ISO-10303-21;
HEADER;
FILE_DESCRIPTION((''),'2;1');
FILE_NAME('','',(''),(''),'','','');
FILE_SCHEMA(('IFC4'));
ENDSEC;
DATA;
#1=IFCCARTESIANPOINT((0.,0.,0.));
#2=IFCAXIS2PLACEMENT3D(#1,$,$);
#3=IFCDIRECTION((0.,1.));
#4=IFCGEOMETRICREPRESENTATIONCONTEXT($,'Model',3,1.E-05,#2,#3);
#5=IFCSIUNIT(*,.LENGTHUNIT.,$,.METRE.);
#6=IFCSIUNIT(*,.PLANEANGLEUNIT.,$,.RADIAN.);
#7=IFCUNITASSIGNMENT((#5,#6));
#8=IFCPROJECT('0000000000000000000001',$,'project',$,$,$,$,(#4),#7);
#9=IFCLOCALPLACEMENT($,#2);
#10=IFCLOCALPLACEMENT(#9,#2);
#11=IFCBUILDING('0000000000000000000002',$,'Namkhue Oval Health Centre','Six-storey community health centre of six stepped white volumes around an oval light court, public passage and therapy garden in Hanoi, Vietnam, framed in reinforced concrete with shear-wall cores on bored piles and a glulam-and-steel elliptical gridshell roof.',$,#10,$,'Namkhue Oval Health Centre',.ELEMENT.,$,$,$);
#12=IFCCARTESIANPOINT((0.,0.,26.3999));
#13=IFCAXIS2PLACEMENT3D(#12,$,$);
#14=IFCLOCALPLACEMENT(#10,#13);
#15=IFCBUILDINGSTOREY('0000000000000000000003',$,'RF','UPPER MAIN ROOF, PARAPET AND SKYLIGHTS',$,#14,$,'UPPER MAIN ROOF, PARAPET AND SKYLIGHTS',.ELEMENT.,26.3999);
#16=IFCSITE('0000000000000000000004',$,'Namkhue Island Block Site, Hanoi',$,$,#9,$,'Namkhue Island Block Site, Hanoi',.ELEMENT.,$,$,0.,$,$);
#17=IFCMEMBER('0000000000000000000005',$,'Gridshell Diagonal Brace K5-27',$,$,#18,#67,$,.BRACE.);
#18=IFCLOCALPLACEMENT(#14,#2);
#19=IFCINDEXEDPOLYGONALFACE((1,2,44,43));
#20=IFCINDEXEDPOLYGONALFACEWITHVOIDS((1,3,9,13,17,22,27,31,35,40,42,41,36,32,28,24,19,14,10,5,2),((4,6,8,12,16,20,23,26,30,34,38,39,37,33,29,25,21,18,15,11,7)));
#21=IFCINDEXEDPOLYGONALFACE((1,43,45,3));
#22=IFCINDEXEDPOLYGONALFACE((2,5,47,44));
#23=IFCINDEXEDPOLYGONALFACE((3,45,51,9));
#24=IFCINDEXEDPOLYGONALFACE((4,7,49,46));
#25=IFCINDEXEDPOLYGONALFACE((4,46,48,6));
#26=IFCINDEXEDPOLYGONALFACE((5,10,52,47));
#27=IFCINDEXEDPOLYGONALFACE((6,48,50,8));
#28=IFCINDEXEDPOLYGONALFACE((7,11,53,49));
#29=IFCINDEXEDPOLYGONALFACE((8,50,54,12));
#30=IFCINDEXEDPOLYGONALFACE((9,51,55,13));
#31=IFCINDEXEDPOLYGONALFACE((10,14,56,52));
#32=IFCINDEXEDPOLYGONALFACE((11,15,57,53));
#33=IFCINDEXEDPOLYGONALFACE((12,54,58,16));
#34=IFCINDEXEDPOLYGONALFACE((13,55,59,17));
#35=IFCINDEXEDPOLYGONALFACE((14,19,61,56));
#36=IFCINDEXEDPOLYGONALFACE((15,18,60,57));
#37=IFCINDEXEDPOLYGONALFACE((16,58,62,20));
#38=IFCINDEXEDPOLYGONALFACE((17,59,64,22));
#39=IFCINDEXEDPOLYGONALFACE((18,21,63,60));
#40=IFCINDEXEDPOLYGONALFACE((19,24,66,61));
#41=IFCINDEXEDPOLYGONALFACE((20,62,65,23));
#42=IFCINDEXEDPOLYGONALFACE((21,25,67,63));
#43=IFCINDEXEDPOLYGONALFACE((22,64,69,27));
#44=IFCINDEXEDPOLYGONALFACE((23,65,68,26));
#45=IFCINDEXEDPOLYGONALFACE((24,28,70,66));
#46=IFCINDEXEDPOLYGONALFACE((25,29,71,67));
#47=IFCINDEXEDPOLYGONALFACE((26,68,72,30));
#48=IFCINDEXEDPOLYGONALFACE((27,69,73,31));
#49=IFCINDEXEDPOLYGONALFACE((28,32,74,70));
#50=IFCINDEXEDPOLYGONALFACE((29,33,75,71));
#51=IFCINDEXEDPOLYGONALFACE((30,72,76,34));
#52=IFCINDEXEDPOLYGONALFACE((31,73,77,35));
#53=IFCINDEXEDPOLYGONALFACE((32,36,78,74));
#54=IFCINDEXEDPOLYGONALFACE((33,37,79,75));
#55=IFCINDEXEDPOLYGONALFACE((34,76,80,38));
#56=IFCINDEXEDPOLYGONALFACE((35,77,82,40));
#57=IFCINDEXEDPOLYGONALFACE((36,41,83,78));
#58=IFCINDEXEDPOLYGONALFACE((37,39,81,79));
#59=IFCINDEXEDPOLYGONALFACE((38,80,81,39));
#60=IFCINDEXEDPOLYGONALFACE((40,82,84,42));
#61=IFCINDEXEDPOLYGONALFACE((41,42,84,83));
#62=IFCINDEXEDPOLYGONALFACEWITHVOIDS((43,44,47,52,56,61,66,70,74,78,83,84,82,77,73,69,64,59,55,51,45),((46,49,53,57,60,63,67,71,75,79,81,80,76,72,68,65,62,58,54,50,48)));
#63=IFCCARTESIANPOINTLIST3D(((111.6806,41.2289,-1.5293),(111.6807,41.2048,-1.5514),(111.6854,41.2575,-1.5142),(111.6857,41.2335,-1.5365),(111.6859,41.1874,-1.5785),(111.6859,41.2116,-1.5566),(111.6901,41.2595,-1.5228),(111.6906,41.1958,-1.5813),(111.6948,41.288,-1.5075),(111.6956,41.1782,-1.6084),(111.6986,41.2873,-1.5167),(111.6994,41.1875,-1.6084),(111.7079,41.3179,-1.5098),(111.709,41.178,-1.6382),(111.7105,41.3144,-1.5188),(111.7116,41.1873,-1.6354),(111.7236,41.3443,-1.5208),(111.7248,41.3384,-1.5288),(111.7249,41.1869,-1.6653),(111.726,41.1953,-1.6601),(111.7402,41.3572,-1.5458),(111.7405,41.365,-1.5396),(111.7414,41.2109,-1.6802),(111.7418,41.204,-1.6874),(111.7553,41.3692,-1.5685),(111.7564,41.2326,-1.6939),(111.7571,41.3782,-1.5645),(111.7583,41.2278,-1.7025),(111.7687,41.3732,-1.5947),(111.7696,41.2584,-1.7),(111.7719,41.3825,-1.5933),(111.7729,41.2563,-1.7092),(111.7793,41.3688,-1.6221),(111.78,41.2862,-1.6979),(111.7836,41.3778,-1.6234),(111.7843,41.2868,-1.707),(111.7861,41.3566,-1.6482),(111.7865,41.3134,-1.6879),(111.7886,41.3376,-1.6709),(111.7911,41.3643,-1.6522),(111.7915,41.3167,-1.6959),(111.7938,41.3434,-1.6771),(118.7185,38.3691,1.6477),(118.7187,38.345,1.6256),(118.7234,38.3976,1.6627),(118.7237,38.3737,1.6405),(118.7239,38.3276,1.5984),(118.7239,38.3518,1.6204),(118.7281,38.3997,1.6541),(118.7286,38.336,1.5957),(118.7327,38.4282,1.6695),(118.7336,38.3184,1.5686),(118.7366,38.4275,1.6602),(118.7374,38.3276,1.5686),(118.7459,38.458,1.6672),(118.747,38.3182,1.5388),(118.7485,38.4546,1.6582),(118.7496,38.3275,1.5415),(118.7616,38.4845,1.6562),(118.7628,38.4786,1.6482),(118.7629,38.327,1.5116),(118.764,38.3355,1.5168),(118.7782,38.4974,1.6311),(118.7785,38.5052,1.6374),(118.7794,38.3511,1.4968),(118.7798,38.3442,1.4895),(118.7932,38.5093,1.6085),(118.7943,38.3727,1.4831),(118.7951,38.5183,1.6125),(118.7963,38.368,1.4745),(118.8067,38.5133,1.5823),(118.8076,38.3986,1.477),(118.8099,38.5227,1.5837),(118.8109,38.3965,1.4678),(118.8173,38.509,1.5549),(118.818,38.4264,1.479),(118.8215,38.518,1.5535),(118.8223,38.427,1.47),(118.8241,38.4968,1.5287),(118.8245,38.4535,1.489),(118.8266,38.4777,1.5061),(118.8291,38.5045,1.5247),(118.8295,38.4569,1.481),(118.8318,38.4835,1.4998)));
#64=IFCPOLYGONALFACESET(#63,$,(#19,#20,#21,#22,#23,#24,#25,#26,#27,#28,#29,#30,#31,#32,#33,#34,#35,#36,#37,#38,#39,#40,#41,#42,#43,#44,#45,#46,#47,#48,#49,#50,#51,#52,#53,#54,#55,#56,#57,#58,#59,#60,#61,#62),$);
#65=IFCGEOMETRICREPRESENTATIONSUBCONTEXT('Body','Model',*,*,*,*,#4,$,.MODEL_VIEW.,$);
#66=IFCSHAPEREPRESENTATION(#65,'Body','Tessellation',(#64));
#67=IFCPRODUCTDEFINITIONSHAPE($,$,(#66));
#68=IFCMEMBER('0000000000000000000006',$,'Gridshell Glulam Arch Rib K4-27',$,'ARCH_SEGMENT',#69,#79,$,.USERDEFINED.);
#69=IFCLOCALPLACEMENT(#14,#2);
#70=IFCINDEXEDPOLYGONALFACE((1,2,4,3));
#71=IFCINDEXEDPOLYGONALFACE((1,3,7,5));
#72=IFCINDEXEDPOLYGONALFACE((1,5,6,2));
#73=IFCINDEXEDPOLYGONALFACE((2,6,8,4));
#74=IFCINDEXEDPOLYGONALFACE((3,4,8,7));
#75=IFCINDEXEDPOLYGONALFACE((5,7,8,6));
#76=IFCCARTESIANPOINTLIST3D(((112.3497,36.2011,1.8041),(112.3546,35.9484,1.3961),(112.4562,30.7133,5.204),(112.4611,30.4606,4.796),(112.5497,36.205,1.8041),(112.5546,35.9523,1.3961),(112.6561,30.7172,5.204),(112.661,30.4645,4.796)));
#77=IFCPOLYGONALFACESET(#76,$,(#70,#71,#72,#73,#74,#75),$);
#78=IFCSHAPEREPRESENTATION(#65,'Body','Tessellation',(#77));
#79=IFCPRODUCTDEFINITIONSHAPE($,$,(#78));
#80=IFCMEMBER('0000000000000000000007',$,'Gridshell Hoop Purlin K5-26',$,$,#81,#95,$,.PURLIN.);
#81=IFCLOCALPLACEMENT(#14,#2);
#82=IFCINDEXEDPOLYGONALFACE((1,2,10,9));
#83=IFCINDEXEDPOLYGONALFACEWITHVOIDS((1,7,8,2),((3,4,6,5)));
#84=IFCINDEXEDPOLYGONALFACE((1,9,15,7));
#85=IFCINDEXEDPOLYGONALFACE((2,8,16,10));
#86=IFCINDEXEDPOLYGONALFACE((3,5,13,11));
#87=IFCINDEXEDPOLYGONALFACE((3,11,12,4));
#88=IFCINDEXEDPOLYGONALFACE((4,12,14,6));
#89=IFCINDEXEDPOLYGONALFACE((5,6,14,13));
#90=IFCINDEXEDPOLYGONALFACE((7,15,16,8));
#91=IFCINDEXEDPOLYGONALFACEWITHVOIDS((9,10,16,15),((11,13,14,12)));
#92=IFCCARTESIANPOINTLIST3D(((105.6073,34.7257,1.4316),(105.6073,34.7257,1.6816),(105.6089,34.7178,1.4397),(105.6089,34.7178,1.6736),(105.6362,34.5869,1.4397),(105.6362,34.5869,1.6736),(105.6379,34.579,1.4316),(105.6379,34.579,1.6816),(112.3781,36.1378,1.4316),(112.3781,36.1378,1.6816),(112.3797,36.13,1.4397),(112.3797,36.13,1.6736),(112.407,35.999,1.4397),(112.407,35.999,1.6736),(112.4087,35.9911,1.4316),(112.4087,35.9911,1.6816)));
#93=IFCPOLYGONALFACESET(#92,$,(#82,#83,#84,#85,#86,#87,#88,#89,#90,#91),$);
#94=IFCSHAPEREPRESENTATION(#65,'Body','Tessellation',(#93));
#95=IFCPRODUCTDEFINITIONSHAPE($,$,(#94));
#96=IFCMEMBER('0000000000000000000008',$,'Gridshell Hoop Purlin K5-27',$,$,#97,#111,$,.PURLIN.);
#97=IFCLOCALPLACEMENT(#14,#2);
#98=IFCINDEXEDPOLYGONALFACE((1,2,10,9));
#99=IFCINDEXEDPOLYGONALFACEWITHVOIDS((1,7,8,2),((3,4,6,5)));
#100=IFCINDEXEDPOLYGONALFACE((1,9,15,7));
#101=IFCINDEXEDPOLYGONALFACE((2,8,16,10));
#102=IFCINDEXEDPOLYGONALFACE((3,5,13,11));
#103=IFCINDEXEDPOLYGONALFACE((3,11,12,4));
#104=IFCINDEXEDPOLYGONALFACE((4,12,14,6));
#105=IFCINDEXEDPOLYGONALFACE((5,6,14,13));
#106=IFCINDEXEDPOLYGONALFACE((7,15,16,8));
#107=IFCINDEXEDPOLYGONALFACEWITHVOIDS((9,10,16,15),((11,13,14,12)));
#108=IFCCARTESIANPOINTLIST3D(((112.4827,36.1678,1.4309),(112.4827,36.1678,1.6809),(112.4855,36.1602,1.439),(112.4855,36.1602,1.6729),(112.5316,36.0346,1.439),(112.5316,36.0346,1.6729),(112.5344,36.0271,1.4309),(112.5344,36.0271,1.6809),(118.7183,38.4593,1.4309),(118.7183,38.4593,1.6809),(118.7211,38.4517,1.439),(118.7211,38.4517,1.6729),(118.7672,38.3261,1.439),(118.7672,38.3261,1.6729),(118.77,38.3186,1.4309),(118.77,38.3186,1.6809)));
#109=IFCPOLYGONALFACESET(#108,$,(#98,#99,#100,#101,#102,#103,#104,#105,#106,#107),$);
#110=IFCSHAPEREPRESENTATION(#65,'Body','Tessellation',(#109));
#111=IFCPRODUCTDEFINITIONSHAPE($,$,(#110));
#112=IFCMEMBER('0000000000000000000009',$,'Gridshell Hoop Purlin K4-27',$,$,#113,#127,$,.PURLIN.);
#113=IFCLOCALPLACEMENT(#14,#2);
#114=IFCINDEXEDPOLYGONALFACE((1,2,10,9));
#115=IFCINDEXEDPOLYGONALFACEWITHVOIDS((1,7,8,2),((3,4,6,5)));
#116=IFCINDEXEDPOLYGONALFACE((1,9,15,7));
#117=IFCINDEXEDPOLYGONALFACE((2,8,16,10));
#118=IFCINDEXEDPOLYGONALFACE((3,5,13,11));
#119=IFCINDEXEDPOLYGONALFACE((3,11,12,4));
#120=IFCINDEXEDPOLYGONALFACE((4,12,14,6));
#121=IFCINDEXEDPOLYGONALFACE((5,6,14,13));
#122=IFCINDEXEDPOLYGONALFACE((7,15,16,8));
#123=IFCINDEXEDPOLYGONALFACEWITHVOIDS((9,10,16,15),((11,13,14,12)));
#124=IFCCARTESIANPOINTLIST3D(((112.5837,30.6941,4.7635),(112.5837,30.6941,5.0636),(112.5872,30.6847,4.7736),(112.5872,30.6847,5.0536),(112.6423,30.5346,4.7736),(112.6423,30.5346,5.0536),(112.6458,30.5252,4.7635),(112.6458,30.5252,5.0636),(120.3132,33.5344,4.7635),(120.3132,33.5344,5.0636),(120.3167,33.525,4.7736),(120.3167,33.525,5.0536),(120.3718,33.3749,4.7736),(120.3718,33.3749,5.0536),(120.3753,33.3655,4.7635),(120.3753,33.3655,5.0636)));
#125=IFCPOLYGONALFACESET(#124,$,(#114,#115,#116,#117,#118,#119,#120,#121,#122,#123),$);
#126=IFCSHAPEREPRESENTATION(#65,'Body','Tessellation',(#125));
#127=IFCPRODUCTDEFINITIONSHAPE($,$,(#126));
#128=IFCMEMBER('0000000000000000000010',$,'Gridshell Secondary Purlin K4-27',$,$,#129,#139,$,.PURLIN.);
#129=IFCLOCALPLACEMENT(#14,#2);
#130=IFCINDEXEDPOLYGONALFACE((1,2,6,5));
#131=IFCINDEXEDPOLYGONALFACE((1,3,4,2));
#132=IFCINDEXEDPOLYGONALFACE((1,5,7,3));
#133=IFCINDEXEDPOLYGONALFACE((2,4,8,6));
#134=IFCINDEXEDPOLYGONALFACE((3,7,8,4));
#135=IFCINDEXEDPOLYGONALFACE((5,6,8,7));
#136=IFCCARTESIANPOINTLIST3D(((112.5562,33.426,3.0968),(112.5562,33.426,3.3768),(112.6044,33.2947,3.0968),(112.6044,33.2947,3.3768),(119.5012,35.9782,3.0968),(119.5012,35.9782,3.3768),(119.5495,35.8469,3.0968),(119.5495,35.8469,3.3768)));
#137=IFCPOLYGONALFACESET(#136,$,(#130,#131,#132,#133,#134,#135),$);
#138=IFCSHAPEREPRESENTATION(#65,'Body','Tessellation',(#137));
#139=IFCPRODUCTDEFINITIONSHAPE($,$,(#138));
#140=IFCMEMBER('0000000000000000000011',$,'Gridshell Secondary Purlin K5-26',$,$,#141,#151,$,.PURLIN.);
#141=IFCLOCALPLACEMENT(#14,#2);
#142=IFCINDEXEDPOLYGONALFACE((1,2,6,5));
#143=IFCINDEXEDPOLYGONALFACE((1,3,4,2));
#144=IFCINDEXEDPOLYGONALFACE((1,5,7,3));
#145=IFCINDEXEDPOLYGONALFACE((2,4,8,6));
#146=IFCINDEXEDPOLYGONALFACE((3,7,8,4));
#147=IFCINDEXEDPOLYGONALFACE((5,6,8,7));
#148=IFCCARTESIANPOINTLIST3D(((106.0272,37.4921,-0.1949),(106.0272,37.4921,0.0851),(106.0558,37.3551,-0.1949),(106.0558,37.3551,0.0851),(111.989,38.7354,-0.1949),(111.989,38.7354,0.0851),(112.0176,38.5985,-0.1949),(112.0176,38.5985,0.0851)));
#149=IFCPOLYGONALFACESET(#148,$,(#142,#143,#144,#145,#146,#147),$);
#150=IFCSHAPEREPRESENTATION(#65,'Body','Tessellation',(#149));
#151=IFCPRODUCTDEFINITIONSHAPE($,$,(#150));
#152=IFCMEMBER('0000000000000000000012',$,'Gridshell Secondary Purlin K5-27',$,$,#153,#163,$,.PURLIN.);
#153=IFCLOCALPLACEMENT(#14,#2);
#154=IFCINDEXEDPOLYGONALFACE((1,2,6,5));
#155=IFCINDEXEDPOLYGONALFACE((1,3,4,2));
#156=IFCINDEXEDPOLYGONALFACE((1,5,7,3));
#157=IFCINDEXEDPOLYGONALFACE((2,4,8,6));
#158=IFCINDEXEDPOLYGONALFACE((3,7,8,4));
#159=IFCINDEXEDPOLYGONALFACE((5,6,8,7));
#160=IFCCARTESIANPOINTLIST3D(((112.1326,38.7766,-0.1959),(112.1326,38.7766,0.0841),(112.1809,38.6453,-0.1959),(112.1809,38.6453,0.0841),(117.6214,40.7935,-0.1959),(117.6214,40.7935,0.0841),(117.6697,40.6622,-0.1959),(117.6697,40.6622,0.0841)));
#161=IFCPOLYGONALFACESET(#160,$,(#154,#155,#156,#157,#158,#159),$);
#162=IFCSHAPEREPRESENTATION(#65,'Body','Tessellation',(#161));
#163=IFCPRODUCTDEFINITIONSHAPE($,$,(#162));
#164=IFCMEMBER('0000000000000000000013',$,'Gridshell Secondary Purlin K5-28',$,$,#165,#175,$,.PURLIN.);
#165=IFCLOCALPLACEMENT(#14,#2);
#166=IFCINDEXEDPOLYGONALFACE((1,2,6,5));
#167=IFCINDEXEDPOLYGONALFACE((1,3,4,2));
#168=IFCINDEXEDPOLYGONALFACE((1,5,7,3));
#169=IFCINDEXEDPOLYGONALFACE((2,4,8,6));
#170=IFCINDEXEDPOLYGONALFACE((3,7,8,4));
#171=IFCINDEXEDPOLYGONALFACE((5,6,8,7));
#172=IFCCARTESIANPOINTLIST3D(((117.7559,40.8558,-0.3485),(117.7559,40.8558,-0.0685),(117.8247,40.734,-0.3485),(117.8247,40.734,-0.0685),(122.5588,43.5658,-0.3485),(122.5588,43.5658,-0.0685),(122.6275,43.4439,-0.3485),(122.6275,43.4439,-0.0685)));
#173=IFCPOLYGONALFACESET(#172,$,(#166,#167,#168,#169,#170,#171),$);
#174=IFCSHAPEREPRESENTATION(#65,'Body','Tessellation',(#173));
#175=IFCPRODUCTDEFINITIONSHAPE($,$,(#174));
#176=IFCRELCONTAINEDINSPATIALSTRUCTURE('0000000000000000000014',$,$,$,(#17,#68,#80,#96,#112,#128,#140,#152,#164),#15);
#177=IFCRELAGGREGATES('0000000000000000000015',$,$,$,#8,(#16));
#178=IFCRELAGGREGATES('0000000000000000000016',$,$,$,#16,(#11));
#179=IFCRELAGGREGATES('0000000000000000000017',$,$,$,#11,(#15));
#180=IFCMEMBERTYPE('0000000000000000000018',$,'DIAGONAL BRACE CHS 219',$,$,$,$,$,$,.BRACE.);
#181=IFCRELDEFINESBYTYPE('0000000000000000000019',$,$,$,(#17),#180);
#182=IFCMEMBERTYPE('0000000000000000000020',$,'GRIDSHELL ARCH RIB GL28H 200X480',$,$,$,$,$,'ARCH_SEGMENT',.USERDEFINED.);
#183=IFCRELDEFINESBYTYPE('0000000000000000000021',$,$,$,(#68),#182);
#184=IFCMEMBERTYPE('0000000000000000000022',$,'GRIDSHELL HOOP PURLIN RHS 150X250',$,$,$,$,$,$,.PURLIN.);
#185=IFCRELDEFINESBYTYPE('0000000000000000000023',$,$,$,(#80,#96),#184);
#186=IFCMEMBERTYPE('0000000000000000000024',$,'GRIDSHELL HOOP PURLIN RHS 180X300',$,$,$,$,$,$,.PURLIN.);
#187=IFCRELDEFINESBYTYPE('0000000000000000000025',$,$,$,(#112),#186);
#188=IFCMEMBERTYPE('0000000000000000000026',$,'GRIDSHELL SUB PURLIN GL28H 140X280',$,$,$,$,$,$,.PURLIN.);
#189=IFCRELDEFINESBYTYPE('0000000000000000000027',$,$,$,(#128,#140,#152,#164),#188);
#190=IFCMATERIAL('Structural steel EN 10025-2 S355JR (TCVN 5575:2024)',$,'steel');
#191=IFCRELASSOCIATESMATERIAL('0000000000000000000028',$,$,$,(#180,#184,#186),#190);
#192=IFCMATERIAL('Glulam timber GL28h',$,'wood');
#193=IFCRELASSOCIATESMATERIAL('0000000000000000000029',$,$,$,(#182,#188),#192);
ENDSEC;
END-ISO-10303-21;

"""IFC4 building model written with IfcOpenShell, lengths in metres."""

from ifc_helpers import new_model, si_unit, direction, frame, origin, origin_2d, place, context, subcontext, project, spatial, rectangle, hollow_rectangle, hollow_circle, extrude, material, material_profile, profile_set, type_object, element, save


model = new_model("IFC4")

# Units and contexts
model_context = context("Model", 3, precision=1e-05, world=origin(), true_north=direction((0.0, 1.0)))
body_context = subcontext(model_context, "Body", "Model", "MODEL_VIEW")
ifc_project = project(units=[si_unit("LENGTHUNIT", "METRE"), si_unit("PLANEANGLEUNIT", "RADIAN")], contexts=[model_context])

# Site, building, storey
site_placement = place(None, origin())
site = spatial("IfcSite", under=ifc_project, at=site_placement, Name="Namkhue Island Block Site, Hanoi", LongName="Namkhue Island Block Site, Hanoi", CompositionType="ELEMENT", RefElevation=0.0)
building_placement = place(site_placement, origin())
building = spatial("IfcBuilding", under=site, at=building_placement, Name="Namkhue Oval Health Centre", Description="Six-storey community health centre of six stepped white volumes around an oval light court, public passage and therapy garden in Hanoi, Vietnam, framed in reinforced concrete with shear-wall cores on bored piles and a glulam-and-steel elliptical gridshell roof.", LongName="Namkhue Oval Health Centre", CompositionType="ELEMENT")
storey_placement = place(building_placement, frame((0.0, 0.0, 26.3999)))
storey = spatial("IfcBuildingStorey", under=building, at=storey_placement, Name="RF", Description="UPPER MAIN ROOF, PARAPET AND SKYLIGHTS", LongName="UPPER MAIN ROOF, PARAPET AND SKYLIGHTS", CompositionType="ELEMENT", Elevation=26.3999)

# Members
ifc_material_1 = material(Name="Structural steel EN 10025-2 S355JR (TCVN 5575:2024)", Category="steel")
ifc_material_profile_1 = material_profile(ifc_material_1, hollow_circle(Radius=0.1096, WallThickness=0.01, at=origin_2d()), Name="CHS 219.1x10")
ifc_profile_set_1 = profile_set([ifc_material_profile_1], Name="Structural steel EN 10025-2 S355JR (TCVN 5575:2024)")
member_type_1 = type_object("IfcMemberType", Name="DIAGONAL BRACE CHS 219", PredefinedType="BRACE", material=ifc_profile_set_1)
member_1_placement = place(storey_placement, frame((118.7749, 38.4199, 1.5686), z_axis=(-0.854708, 0.347303, -0.385817), x_axis=(-0.376449, -0.926437, 0.0)))
element("IfcMember", 1, at=member_1_placement, inside=storey, type_object=member_type_1, Name="Gridshell Diagonal Brace K5-27", PredefinedType="BRACE", context=body_context, shape_type="SweptSolid", body=[
    extrude(hollow_circle(Radius=0.1096, WallThickness=0.01, at=origin_2d()), origin(), (0.0, 0.0, 1.0), 8.2344),
])
ifc_material_2 = material(Name="Glulam timber GL28h", Category="wood")
ifc_material_profile_2 = material_profile(ifc_material_2, rectangle(XDim=0.2, YDim=0.48, at=origin_2d()), Name="GL28h 200x480")
ifc_profile_set_2 = profile_set([ifc_material_profile_2], Name="Glulam timber GL28h")
member_type_2 = type_object("IfcMemberType", Name="GRIDSHELL ARCH RIB GL28H 200X480", ElementType="ARCH_SEGMENT", PredefinedType="USERDEFINED", material=ifc_profile_set_2)
member_2_placement = place(storey_placement, frame((112.5586, 30.5889, 5.0), z_axis=(-0.016487, 0.849963, -0.526585), x_axis=(-0.999812, -0.019393, 0.0)))
element("IfcMember", 2, at=member_2_placement, inside=storey, type_object=member_type_2, Name="Gridshell Glulam Arch Rib K4-27", ObjectType="ARCH_SEGMENT", PredefinedType="USERDEFINED", context=body_context, shape_type="SweptSolid", body=[
    extrude(rectangle(XDim=0.2, YDim=0.48, at=origin_2d()), origin(), (0.0, 0.0, 1.0), 6.4565),
])
ifc_material_profile_3 = material_profile(ifc_material_1, hollow_rectangle(XDim=0.1499, YDim=0.25, WallThickness=0.0081, at=origin_2d()), Name="RHS 150x250x8")
ifc_profile_set_3 = profile_set([ifc_material_profile_3], Name="Structural steel EN 10025-2 S355JR (TCVN 5575:2024)")
member_type_3 = type_object("IfcMemberType", Name="GRIDSHELL HOOP PURLIN RHS 150X250", PredefinedType="PURLIN", material=ifc_profile_set_3)
member_3_placement = place(storey_placement, frame((105.6226, 34.6523, 1.5566), z_axis=(0.978936, 0.204167, 0.0), x_axis=(-0.204167, 0.978936, 0.0)))
element("IfcMember", 3, at=member_3_placement, inside=storey, type_object=member_type_3, Name="Gridshell Hoop Purlin K5-26", PredefinedType="PURLIN", context=body_context, shape_type="SweptSolid", body=[
    extrude(hollow_rectangle(XDim=0.1499, YDim=0.25, WallThickness=0.0081, at=origin_2d()), origin(), (0.0, 0.0, 1.0), 6.9165),
])
member_4_placement = place(storey_placement, frame((112.5085, 36.0974, 1.5559), z_axis=(0.938627, 0.344934, 0.0), x_axis=(-0.344934, 0.938627, 0.0)))
element("IfcMember", 4, at=member_4_placement, inside=storey, type_object=member_type_3, Name="Gridshell Hoop Purlin K5-27", PredefinedType="PURLIN", context=body_context, shape_type="SweptSolid", body=[
    extrude(hollow_rectangle(XDim=0.1499, YDim=0.25, WallThickness=0.0081, at=origin_2d()), origin(), (0.0, 0.0, 1.0), 6.6433),
])
ifc_material_profile_4 = material_profile(ifc_material_1, hollow_rectangle(XDim=0.1799, YDim=0.3, WallThickness=0.01, at=origin_2d()), Name="RHS 180x300x10")
ifc_profile_set_4 = profile_set([ifc_material_profile_4], Name="Structural steel EN 10025-2 S355JR (TCVN 5575:2024)")
member_type_4 = type_object("IfcMemberType", Name="GRIDSHELL HOOP PURLIN RHS 180X300", PredefinedType="PURLIN", material=ifc_profile_set_4)
member_5_placement = place(storey_placement, frame((112.6147, 30.6096, 4.9136), z_axis=(0.938633, 0.344917, 0.0), x_axis=(-0.344917, 0.938633, 0.0)))
element("IfcMember", 5, at=member_5_placement, inside=storey, type_object=member_type_4, Name="Gridshell Hoop Purlin K4-27", PredefinedType="PURLIN", context=body_context, shape_type="SweptSolid", body=[
    extrude(hollow_rectangle(XDim=0.1799, YDim=0.3, WallThickness=0.01, at=origin_2d()), origin(), (0.0, 0.0, 1.0), 8.2349),
])
ifc_material_profile_5 = material_profile(ifc_material_2, rectangle(XDim=0.1399, YDim=0.28, at=origin_2d()), Name="GL28h 140x280")
ifc_profile_set_5 = profile_set([ifc_material_profile_5], Name="Glulam timber GL28h")
member_type_5 = type_object("IfcMemberType", Name="GRIDSHELL SUB PURLIN GL28H 140X280", PredefinedType="PURLIN", material=ifc_profile_set_5)
member_6_placement = place(storey_placement, frame((112.5803, 33.3604, 3.2368), z_axis=(0.938626, 0.344936, 0.0), x_axis=(-0.344936, 0.938626, 0.0)))
element("IfcMember", 6, at=member_6_placement, inside=storey, type_object=member_type_5, Name="Gridshell Secondary Purlin K4-27", PredefinedType="PURLIN", context=body_context, shape_type="SweptSolid", body=[
    extrude(rectangle(XDim=0.1399, YDim=0.28, at=origin_2d()), origin(), (0.0, 0.0, 1.0), 7.3992),
])
member_7_placement = place(storey_placement, frame((106.0415, 37.4236, -0.0549), z_axis=(0.978936, 0.204166, 0.0), x_axis=(-0.204166, 0.978936, 0.0)))
element("IfcMember", 7, at=member_7_placement, inside=storey, type_object=member_type_5, Name="Gridshell Secondary Purlin K5-26", PredefinedType="PURLIN", context=body_context, shape_type="SweptSolid", body=[
    extrude(rectangle(XDim=0.1399, YDim=0.28, at=origin_2d()), origin(), (0.0, 0.0, 1.0), 6.0901),
])
member_8_placement = place(storey_placement, frame((112.1567, 38.7109, -0.0559), z_axis=(0.938639, 0.344902, 0.0), x_axis=(-0.344902, 0.938639, 0.0)))
element("IfcMember", 8, at=member_8_placement, inside=storey, type_object=member_type_5, Name="Gridshell Secondary Purlin K5-27", PredefinedType="PURLIN", context=body_context, shape_type="SweptSolid", body=[
    extrude(rectangle(XDim=0.1399, YDim=0.28, at=origin_2d()), origin(), (0.0, 0.0, 1.0), 5.8477),
])
member_9_placement = place(storey_placement, frame((117.7903, 40.7949, -0.2085), z_axis=(0.870933, 0.491402, 0.0), x_axis=(-0.491402, 0.870933, 0.0)))
element("IfcMember", 9, at=member_9_placement, inside=storey, type_object=member_type_5, Name="Gridshell Secondary Purlin K5-28", PredefinedType="PURLIN", context=body_context, shape_type="SweptSolid", body=[
    extrude(rectangle(XDim=0.1399, YDim=0.28, at=origin_2d()), origin(), (0.0, 0.0, 1.0), 5.5146),
])

save(model, "model.ifc")
